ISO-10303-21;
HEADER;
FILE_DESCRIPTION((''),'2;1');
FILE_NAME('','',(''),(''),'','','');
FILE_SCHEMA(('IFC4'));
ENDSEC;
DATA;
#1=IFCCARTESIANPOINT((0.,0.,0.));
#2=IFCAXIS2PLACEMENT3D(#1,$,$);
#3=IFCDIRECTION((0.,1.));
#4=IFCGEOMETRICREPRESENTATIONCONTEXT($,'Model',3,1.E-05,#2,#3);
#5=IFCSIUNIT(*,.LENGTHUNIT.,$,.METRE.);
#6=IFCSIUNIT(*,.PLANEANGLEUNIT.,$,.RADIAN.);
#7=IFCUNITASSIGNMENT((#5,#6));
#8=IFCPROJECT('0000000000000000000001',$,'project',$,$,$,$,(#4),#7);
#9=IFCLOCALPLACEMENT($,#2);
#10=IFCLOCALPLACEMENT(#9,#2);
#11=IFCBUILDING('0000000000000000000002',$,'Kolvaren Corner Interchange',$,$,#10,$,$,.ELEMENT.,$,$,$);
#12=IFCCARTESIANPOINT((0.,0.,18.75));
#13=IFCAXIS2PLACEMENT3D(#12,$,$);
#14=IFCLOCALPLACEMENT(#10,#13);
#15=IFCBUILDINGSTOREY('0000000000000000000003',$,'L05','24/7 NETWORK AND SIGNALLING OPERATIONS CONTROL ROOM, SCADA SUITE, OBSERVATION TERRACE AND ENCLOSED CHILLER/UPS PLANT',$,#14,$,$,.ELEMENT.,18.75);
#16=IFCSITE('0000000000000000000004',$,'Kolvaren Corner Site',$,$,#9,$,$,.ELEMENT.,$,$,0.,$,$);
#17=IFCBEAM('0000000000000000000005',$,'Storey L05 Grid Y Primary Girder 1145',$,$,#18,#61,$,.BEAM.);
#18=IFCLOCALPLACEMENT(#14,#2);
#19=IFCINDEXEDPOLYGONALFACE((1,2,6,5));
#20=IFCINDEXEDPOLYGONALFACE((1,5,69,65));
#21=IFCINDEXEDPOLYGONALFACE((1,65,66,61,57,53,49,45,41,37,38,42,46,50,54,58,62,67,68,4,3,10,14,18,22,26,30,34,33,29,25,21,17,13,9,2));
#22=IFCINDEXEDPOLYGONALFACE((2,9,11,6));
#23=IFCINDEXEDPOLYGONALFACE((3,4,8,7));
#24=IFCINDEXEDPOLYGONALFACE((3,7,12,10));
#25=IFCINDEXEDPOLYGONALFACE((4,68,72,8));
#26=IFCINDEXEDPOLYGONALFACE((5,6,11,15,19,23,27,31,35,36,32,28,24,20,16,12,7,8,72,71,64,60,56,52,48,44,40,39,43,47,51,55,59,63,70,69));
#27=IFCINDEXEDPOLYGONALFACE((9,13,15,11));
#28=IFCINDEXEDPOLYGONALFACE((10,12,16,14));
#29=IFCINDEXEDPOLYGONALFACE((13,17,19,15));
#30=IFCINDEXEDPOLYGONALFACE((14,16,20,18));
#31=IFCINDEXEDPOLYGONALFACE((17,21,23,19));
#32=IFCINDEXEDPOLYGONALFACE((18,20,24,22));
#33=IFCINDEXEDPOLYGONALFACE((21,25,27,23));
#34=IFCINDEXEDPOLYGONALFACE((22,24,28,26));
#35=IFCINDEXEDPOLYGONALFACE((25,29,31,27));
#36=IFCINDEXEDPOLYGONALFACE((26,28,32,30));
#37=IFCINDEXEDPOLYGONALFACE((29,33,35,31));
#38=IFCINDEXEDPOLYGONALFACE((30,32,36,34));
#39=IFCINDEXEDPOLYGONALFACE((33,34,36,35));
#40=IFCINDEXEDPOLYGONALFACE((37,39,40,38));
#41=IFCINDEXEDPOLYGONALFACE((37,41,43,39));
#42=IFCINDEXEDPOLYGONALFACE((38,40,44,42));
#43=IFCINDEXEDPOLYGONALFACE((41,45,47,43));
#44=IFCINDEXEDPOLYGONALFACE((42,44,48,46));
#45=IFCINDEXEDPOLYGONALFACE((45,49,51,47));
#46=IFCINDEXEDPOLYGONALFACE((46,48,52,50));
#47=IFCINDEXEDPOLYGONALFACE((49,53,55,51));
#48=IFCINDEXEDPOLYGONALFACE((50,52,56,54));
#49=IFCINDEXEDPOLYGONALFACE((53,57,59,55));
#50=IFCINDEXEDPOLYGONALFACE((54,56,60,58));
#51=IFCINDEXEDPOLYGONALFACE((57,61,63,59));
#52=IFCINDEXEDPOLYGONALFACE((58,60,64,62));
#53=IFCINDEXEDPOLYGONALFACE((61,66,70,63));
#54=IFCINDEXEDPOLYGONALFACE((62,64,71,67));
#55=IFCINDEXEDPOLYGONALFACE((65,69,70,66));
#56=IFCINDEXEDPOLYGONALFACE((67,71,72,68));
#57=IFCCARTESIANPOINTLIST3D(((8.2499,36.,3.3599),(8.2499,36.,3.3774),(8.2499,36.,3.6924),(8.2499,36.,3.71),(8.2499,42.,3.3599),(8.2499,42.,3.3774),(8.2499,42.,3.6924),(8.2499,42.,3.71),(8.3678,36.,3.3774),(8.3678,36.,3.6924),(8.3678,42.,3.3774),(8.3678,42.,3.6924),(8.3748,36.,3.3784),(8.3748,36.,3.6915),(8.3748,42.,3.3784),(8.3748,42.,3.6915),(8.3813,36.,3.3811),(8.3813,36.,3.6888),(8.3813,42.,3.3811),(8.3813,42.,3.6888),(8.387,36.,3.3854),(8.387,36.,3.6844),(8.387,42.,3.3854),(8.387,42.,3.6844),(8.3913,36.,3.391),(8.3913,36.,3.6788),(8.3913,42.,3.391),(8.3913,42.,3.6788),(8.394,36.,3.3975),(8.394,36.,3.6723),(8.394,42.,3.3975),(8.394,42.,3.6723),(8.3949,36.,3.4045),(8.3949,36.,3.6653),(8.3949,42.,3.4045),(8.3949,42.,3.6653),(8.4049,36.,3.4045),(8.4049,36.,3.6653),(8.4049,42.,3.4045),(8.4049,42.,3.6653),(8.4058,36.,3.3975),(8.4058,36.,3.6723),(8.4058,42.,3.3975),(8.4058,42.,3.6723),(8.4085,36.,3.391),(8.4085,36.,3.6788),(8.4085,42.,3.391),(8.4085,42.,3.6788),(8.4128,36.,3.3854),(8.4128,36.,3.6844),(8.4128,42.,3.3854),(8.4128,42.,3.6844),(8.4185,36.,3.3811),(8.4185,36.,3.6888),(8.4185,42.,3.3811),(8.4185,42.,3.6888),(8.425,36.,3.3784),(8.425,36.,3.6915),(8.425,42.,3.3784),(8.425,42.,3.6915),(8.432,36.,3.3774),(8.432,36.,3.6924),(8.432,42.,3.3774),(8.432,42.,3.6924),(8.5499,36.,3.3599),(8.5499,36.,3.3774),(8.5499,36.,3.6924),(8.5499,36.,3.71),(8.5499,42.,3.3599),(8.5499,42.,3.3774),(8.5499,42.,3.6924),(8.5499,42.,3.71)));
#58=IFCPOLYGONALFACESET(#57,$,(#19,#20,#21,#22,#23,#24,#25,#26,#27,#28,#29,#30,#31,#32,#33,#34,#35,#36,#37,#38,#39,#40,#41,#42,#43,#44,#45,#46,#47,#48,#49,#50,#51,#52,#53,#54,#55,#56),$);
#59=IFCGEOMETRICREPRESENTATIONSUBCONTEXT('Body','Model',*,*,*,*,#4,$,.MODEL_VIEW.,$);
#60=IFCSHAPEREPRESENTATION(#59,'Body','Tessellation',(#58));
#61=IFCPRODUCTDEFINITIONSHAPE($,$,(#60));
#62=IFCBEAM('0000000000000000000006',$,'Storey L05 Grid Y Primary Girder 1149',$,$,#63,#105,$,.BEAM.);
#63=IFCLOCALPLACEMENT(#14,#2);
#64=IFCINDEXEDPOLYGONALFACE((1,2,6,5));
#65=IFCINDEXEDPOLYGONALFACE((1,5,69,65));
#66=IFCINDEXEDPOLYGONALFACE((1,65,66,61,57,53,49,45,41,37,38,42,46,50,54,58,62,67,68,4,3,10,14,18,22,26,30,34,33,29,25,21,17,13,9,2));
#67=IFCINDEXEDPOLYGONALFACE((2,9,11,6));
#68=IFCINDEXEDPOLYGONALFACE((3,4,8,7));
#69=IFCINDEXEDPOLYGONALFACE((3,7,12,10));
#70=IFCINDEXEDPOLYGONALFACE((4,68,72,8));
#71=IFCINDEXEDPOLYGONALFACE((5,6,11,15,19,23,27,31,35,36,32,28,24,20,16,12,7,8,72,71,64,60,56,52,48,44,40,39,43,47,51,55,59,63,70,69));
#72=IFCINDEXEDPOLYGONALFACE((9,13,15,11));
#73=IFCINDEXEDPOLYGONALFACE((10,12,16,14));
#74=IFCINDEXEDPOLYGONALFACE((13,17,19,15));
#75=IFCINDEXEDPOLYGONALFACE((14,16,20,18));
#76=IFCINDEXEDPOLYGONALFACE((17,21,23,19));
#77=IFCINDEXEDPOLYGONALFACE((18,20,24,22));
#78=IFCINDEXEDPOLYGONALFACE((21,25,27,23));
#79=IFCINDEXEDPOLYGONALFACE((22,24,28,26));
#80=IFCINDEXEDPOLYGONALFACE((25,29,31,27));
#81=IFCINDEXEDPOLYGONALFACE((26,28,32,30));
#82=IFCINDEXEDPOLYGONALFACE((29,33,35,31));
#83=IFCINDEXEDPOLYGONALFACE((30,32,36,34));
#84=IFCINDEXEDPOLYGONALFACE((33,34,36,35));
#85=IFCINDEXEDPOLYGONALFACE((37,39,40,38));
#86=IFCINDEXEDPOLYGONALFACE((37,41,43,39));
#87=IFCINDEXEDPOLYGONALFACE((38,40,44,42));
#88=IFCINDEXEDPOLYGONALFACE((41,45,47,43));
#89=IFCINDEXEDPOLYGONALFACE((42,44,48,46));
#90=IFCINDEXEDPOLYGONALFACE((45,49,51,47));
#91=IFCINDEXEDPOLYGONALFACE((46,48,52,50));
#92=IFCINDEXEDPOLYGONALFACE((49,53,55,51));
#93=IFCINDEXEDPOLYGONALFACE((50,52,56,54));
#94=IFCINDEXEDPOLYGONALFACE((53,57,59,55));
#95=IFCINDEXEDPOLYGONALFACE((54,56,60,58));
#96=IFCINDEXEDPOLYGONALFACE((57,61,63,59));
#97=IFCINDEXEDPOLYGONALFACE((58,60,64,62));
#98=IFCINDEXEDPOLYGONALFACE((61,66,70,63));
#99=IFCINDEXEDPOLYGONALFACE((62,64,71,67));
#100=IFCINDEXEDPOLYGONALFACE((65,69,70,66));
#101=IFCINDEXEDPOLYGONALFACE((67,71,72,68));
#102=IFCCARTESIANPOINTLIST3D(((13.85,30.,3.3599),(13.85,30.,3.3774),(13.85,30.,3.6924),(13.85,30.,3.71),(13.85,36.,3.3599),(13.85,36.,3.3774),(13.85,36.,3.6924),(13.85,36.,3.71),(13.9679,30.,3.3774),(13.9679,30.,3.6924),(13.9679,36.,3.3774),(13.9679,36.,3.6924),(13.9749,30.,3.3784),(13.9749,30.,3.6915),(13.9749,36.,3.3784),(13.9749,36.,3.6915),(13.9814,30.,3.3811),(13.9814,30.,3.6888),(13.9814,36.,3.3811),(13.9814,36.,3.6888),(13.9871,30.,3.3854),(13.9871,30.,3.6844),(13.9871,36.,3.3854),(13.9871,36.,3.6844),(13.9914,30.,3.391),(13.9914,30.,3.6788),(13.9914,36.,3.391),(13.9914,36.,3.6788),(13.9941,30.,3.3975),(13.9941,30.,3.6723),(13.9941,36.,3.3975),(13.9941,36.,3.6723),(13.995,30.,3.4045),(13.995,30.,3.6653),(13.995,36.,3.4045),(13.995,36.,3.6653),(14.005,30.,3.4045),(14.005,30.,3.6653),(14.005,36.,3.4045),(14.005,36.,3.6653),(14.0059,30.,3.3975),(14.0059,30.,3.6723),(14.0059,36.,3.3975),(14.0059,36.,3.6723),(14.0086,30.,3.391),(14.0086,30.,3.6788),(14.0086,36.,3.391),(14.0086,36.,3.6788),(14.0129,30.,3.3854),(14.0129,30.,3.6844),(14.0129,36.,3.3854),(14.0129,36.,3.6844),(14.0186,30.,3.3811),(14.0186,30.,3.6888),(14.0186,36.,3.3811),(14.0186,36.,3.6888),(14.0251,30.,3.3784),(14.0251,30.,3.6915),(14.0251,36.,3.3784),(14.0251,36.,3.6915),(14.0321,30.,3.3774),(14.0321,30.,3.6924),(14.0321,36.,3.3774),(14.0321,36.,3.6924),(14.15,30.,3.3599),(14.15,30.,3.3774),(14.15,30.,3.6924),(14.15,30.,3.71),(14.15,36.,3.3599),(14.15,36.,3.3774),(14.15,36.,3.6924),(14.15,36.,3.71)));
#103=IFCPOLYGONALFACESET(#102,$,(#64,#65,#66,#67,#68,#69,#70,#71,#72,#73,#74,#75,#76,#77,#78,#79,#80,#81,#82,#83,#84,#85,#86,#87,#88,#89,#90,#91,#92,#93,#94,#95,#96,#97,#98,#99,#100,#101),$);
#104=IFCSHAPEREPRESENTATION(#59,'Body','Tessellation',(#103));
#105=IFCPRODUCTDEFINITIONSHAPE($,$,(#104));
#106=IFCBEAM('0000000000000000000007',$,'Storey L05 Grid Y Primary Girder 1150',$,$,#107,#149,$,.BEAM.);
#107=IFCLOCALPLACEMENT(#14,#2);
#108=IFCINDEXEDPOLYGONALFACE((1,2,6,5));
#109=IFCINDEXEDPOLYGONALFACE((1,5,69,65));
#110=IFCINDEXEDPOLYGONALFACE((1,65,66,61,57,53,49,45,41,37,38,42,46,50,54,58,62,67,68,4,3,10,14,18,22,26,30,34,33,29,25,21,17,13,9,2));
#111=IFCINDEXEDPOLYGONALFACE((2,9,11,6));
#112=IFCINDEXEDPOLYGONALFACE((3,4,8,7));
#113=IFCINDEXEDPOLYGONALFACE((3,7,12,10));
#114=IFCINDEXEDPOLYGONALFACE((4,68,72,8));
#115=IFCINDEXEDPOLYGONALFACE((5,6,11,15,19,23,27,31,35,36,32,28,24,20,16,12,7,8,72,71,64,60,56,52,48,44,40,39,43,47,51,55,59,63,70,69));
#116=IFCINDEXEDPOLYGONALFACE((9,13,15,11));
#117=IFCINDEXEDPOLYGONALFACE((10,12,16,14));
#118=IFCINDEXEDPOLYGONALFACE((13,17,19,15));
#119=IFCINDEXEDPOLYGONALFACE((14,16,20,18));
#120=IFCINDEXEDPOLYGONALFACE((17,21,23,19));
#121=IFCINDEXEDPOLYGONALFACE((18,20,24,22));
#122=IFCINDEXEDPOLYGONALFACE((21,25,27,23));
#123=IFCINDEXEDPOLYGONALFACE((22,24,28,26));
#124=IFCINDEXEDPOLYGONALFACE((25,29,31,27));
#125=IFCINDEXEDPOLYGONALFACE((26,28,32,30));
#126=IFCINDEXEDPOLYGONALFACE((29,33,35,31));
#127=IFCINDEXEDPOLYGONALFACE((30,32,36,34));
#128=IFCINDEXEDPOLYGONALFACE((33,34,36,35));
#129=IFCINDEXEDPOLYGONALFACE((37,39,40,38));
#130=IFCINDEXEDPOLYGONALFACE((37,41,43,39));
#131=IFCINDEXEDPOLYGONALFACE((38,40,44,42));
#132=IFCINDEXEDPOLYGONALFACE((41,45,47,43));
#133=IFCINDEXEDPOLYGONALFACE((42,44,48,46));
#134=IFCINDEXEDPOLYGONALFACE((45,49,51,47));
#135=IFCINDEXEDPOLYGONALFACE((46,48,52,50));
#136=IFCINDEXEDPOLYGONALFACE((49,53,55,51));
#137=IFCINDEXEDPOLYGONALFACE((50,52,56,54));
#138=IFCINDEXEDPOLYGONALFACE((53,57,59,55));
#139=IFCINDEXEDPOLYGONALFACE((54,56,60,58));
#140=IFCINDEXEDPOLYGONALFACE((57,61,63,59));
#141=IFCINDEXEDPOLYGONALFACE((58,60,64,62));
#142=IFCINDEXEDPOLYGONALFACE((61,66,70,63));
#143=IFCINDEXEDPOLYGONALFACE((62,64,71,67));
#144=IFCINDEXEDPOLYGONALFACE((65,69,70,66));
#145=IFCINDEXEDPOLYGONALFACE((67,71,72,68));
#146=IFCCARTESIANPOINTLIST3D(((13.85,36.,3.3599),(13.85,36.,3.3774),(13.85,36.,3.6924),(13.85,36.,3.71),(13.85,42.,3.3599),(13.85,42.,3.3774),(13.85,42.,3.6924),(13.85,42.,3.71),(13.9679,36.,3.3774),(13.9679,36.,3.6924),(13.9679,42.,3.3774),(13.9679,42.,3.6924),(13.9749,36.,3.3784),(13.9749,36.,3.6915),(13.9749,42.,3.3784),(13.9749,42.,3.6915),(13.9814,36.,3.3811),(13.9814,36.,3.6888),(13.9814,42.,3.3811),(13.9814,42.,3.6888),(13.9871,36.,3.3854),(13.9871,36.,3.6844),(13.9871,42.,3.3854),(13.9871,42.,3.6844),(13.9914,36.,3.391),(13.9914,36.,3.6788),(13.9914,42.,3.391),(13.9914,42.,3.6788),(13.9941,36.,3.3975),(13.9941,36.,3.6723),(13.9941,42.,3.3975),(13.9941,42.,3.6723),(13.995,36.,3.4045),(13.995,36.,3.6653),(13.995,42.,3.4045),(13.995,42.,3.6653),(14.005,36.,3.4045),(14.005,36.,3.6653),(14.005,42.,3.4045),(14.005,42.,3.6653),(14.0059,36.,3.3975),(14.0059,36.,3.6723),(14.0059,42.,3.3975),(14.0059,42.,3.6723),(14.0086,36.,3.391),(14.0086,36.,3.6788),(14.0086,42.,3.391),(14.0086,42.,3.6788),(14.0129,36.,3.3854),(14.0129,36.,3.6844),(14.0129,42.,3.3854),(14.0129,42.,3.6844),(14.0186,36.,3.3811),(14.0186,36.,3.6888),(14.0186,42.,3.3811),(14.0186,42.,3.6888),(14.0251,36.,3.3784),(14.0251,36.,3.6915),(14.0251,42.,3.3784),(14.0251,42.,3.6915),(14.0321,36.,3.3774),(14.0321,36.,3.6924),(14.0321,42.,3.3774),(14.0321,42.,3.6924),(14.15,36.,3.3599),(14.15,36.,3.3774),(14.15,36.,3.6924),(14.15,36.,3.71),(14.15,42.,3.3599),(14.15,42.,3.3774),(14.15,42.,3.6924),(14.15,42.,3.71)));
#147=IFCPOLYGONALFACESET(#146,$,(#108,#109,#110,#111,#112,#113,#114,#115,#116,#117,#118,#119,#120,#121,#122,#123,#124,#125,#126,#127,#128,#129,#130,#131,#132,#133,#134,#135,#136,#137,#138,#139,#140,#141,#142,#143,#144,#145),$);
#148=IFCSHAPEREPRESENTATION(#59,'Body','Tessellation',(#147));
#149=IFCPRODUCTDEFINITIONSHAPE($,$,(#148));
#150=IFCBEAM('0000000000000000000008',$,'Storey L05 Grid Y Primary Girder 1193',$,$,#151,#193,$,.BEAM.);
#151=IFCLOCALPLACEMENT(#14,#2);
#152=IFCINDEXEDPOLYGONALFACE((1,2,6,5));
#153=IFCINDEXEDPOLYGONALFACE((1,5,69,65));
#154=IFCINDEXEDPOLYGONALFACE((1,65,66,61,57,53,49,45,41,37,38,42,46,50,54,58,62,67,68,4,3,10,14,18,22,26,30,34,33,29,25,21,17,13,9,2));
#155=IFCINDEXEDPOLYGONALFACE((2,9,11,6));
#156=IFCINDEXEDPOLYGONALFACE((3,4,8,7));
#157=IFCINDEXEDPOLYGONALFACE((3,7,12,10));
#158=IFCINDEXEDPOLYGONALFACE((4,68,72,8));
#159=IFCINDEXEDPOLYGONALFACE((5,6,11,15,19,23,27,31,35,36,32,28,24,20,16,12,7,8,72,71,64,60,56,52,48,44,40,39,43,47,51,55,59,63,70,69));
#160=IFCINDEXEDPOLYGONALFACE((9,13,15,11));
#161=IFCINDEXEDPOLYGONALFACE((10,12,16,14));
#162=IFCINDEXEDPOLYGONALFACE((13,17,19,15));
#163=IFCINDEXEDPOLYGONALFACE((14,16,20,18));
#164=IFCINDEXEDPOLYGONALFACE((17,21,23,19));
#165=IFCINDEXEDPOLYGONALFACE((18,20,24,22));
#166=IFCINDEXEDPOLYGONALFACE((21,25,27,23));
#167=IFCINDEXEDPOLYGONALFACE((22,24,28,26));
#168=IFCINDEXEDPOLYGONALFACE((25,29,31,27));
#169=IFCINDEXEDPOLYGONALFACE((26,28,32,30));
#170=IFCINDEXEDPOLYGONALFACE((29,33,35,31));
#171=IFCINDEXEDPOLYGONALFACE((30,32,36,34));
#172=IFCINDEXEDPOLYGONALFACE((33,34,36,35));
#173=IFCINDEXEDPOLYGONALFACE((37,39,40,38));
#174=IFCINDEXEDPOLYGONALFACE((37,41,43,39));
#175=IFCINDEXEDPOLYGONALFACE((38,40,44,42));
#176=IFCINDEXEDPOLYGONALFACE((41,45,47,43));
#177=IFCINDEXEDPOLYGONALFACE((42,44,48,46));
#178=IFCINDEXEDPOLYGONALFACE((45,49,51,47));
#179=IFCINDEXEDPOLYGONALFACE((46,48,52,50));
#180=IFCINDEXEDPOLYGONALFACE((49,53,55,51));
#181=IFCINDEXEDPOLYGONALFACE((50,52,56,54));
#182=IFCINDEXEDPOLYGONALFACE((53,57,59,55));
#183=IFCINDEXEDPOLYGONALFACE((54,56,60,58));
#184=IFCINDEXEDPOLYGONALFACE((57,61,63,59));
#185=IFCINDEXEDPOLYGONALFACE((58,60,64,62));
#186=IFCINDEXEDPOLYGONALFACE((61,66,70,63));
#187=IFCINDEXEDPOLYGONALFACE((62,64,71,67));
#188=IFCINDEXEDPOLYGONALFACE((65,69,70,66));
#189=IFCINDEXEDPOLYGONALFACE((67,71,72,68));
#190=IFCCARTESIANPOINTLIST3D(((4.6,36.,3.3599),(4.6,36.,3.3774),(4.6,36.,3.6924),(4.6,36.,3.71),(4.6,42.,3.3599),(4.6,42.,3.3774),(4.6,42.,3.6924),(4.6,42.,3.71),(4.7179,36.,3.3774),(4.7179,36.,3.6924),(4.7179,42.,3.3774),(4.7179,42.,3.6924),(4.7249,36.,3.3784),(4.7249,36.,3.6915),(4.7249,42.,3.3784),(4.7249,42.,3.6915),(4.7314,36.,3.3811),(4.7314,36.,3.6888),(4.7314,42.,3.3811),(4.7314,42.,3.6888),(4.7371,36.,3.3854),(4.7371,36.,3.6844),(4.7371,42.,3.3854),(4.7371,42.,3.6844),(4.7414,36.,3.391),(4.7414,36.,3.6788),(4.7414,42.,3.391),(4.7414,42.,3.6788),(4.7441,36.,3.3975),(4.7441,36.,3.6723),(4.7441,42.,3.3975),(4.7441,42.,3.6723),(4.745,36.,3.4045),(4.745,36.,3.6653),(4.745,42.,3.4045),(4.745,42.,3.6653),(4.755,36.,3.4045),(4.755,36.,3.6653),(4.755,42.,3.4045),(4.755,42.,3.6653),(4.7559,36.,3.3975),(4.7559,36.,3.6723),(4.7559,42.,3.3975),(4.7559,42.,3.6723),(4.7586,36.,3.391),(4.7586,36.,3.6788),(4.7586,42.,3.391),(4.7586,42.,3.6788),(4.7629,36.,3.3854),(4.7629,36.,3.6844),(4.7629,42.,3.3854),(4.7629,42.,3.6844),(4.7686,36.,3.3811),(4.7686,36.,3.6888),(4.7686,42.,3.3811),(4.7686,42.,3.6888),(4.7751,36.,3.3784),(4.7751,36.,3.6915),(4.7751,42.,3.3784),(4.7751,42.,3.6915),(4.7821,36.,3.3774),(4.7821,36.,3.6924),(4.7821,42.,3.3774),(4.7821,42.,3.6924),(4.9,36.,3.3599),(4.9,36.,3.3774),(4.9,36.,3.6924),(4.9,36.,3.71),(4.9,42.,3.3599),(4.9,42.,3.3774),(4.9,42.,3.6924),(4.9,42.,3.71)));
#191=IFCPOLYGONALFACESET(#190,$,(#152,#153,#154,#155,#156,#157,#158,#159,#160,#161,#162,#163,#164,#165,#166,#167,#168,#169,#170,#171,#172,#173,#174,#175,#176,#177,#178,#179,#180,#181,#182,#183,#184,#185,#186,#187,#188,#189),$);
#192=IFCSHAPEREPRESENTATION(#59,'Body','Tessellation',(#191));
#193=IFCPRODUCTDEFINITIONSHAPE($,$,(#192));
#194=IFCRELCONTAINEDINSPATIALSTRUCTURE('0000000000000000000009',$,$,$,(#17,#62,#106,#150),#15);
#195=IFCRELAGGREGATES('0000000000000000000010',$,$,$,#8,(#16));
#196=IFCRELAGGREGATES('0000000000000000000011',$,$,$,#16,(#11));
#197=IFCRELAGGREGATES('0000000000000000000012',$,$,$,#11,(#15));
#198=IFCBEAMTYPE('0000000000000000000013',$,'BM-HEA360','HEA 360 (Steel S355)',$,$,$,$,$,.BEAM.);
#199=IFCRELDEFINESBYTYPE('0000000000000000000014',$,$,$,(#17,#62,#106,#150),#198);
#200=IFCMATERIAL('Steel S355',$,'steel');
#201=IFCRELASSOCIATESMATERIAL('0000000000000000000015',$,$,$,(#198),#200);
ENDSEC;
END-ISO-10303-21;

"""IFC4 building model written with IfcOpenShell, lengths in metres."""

from ifc_helpers import new_model, si_unit, direction, frame, origin, origin_2d, place, context, subcontext, project, spatial, i_section, extrude, material, material_profile, profile_set, type_object, element, save


model = new_model("IFC4")

# Units and contexts
model_context = context("Model", 3, precision=1e-05, world=origin(), true_north=direction((0.0, 1.0)))
body_context = subcontext(model_context, "Body", "Model", "MODEL_VIEW")
ifc_project = project(units=[si_unit("LENGTHUNIT", "METRE"), si_unit("PLANEANGLEUNIT", "RADIAN")], contexts=[model_context])

# Site, building, storey
site_placement = place(None, origin())
site = spatial("IfcSite", under=ifc_project, at=site_placement, Name="Kolvaren Corner Site", CompositionType="ELEMENT", RefElevation=0.0)
building_placement = place(site_placement, origin())
building = spatial("IfcBuilding", under=site, at=building_placement, Name="Kolvaren Corner Interchange", CompositionType="ELEMENT")
storey_placement = place(building_placement, frame((0.0, 0.0, 18.75)))
storey = spatial("IfcBuildingStorey", under=building, at=storey_placement, Name="L05", Description="24/7 NETWORK AND SIGNALLING OPERATIONS CONTROL ROOM, SCADA SUITE, OBSERVATION TERRACE AND ENCLOSED CHILLER/UPS PLANT", CompositionType="ELEMENT", Elevation=18.75)

# Beams
ifc_material_1 = material(Name="Steel S355", Category="steel")
ifc_material_profile_1 = material_profile(ifc_material_1, i_section(OverallWidth=0.3, OverallDepth=0.3501, WebThickness=0.01, FlangeThickness=0.0176, FilletRadius=0.0271, at=origin_2d()), Name="HEA 360")
ifc_profile_set_1 = profile_set([ifc_material_profile_1], Name="Steel S355")
beam_type_1 = type_object("IfcBeamType", Name="BM-HEA360", Description="HEA 360 (Steel S355)", PredefinedType="BEAM", material=ifc_profile_set_1)
for number, where, z_axis, x_axis, name in (
    (1, (8.3999, 36.0, 3.5349), (0.0, 1.0, 0.0), (-1.0, 0.0, 0.0), "Storey L05 Grid Y Primary Girder 1145"),
    (2, (14.0, 30.0, 3.5349), (0.0, 1.0, 0.0), (-1.0, 0.0, 0.0), "Storey L05 Grid Y Primary Girder 1149"),
    (3, (14.0, 36.0, 3.5349), (0.0, 1.0, 0.0), (-1.0, 0.0, 0.0), "Storey L05 Grid Y Primary Girder 1150"),
    (4, (4.75, 36.0, 3.5349), (0.0, 1.0, 0.0), (-1.0, 0.0, 0.0), "Storey L05 Grid Y Primary Girder 1193"),
):
    element("IfcBeam", number, at=place(storey_placement, frame(where, z_axis=z_axis, x_axis=x_axis)), inside=storey, type_object=beam_type_1, Name=name, PredefinedType="BEAM", context=body_context, shape_type="SweptSolid", body=[
        extrude(i_section(OverallWidth=0.3, OverallDepth=0.3501, WebThickness=0.01, FlangeThickness=0.0176, FilletRadius=0.0271, at=origin_2d()), origin(), (0.0, 0.0, 1.0), 6.0),
    ])

save(model, "model.ifc")
